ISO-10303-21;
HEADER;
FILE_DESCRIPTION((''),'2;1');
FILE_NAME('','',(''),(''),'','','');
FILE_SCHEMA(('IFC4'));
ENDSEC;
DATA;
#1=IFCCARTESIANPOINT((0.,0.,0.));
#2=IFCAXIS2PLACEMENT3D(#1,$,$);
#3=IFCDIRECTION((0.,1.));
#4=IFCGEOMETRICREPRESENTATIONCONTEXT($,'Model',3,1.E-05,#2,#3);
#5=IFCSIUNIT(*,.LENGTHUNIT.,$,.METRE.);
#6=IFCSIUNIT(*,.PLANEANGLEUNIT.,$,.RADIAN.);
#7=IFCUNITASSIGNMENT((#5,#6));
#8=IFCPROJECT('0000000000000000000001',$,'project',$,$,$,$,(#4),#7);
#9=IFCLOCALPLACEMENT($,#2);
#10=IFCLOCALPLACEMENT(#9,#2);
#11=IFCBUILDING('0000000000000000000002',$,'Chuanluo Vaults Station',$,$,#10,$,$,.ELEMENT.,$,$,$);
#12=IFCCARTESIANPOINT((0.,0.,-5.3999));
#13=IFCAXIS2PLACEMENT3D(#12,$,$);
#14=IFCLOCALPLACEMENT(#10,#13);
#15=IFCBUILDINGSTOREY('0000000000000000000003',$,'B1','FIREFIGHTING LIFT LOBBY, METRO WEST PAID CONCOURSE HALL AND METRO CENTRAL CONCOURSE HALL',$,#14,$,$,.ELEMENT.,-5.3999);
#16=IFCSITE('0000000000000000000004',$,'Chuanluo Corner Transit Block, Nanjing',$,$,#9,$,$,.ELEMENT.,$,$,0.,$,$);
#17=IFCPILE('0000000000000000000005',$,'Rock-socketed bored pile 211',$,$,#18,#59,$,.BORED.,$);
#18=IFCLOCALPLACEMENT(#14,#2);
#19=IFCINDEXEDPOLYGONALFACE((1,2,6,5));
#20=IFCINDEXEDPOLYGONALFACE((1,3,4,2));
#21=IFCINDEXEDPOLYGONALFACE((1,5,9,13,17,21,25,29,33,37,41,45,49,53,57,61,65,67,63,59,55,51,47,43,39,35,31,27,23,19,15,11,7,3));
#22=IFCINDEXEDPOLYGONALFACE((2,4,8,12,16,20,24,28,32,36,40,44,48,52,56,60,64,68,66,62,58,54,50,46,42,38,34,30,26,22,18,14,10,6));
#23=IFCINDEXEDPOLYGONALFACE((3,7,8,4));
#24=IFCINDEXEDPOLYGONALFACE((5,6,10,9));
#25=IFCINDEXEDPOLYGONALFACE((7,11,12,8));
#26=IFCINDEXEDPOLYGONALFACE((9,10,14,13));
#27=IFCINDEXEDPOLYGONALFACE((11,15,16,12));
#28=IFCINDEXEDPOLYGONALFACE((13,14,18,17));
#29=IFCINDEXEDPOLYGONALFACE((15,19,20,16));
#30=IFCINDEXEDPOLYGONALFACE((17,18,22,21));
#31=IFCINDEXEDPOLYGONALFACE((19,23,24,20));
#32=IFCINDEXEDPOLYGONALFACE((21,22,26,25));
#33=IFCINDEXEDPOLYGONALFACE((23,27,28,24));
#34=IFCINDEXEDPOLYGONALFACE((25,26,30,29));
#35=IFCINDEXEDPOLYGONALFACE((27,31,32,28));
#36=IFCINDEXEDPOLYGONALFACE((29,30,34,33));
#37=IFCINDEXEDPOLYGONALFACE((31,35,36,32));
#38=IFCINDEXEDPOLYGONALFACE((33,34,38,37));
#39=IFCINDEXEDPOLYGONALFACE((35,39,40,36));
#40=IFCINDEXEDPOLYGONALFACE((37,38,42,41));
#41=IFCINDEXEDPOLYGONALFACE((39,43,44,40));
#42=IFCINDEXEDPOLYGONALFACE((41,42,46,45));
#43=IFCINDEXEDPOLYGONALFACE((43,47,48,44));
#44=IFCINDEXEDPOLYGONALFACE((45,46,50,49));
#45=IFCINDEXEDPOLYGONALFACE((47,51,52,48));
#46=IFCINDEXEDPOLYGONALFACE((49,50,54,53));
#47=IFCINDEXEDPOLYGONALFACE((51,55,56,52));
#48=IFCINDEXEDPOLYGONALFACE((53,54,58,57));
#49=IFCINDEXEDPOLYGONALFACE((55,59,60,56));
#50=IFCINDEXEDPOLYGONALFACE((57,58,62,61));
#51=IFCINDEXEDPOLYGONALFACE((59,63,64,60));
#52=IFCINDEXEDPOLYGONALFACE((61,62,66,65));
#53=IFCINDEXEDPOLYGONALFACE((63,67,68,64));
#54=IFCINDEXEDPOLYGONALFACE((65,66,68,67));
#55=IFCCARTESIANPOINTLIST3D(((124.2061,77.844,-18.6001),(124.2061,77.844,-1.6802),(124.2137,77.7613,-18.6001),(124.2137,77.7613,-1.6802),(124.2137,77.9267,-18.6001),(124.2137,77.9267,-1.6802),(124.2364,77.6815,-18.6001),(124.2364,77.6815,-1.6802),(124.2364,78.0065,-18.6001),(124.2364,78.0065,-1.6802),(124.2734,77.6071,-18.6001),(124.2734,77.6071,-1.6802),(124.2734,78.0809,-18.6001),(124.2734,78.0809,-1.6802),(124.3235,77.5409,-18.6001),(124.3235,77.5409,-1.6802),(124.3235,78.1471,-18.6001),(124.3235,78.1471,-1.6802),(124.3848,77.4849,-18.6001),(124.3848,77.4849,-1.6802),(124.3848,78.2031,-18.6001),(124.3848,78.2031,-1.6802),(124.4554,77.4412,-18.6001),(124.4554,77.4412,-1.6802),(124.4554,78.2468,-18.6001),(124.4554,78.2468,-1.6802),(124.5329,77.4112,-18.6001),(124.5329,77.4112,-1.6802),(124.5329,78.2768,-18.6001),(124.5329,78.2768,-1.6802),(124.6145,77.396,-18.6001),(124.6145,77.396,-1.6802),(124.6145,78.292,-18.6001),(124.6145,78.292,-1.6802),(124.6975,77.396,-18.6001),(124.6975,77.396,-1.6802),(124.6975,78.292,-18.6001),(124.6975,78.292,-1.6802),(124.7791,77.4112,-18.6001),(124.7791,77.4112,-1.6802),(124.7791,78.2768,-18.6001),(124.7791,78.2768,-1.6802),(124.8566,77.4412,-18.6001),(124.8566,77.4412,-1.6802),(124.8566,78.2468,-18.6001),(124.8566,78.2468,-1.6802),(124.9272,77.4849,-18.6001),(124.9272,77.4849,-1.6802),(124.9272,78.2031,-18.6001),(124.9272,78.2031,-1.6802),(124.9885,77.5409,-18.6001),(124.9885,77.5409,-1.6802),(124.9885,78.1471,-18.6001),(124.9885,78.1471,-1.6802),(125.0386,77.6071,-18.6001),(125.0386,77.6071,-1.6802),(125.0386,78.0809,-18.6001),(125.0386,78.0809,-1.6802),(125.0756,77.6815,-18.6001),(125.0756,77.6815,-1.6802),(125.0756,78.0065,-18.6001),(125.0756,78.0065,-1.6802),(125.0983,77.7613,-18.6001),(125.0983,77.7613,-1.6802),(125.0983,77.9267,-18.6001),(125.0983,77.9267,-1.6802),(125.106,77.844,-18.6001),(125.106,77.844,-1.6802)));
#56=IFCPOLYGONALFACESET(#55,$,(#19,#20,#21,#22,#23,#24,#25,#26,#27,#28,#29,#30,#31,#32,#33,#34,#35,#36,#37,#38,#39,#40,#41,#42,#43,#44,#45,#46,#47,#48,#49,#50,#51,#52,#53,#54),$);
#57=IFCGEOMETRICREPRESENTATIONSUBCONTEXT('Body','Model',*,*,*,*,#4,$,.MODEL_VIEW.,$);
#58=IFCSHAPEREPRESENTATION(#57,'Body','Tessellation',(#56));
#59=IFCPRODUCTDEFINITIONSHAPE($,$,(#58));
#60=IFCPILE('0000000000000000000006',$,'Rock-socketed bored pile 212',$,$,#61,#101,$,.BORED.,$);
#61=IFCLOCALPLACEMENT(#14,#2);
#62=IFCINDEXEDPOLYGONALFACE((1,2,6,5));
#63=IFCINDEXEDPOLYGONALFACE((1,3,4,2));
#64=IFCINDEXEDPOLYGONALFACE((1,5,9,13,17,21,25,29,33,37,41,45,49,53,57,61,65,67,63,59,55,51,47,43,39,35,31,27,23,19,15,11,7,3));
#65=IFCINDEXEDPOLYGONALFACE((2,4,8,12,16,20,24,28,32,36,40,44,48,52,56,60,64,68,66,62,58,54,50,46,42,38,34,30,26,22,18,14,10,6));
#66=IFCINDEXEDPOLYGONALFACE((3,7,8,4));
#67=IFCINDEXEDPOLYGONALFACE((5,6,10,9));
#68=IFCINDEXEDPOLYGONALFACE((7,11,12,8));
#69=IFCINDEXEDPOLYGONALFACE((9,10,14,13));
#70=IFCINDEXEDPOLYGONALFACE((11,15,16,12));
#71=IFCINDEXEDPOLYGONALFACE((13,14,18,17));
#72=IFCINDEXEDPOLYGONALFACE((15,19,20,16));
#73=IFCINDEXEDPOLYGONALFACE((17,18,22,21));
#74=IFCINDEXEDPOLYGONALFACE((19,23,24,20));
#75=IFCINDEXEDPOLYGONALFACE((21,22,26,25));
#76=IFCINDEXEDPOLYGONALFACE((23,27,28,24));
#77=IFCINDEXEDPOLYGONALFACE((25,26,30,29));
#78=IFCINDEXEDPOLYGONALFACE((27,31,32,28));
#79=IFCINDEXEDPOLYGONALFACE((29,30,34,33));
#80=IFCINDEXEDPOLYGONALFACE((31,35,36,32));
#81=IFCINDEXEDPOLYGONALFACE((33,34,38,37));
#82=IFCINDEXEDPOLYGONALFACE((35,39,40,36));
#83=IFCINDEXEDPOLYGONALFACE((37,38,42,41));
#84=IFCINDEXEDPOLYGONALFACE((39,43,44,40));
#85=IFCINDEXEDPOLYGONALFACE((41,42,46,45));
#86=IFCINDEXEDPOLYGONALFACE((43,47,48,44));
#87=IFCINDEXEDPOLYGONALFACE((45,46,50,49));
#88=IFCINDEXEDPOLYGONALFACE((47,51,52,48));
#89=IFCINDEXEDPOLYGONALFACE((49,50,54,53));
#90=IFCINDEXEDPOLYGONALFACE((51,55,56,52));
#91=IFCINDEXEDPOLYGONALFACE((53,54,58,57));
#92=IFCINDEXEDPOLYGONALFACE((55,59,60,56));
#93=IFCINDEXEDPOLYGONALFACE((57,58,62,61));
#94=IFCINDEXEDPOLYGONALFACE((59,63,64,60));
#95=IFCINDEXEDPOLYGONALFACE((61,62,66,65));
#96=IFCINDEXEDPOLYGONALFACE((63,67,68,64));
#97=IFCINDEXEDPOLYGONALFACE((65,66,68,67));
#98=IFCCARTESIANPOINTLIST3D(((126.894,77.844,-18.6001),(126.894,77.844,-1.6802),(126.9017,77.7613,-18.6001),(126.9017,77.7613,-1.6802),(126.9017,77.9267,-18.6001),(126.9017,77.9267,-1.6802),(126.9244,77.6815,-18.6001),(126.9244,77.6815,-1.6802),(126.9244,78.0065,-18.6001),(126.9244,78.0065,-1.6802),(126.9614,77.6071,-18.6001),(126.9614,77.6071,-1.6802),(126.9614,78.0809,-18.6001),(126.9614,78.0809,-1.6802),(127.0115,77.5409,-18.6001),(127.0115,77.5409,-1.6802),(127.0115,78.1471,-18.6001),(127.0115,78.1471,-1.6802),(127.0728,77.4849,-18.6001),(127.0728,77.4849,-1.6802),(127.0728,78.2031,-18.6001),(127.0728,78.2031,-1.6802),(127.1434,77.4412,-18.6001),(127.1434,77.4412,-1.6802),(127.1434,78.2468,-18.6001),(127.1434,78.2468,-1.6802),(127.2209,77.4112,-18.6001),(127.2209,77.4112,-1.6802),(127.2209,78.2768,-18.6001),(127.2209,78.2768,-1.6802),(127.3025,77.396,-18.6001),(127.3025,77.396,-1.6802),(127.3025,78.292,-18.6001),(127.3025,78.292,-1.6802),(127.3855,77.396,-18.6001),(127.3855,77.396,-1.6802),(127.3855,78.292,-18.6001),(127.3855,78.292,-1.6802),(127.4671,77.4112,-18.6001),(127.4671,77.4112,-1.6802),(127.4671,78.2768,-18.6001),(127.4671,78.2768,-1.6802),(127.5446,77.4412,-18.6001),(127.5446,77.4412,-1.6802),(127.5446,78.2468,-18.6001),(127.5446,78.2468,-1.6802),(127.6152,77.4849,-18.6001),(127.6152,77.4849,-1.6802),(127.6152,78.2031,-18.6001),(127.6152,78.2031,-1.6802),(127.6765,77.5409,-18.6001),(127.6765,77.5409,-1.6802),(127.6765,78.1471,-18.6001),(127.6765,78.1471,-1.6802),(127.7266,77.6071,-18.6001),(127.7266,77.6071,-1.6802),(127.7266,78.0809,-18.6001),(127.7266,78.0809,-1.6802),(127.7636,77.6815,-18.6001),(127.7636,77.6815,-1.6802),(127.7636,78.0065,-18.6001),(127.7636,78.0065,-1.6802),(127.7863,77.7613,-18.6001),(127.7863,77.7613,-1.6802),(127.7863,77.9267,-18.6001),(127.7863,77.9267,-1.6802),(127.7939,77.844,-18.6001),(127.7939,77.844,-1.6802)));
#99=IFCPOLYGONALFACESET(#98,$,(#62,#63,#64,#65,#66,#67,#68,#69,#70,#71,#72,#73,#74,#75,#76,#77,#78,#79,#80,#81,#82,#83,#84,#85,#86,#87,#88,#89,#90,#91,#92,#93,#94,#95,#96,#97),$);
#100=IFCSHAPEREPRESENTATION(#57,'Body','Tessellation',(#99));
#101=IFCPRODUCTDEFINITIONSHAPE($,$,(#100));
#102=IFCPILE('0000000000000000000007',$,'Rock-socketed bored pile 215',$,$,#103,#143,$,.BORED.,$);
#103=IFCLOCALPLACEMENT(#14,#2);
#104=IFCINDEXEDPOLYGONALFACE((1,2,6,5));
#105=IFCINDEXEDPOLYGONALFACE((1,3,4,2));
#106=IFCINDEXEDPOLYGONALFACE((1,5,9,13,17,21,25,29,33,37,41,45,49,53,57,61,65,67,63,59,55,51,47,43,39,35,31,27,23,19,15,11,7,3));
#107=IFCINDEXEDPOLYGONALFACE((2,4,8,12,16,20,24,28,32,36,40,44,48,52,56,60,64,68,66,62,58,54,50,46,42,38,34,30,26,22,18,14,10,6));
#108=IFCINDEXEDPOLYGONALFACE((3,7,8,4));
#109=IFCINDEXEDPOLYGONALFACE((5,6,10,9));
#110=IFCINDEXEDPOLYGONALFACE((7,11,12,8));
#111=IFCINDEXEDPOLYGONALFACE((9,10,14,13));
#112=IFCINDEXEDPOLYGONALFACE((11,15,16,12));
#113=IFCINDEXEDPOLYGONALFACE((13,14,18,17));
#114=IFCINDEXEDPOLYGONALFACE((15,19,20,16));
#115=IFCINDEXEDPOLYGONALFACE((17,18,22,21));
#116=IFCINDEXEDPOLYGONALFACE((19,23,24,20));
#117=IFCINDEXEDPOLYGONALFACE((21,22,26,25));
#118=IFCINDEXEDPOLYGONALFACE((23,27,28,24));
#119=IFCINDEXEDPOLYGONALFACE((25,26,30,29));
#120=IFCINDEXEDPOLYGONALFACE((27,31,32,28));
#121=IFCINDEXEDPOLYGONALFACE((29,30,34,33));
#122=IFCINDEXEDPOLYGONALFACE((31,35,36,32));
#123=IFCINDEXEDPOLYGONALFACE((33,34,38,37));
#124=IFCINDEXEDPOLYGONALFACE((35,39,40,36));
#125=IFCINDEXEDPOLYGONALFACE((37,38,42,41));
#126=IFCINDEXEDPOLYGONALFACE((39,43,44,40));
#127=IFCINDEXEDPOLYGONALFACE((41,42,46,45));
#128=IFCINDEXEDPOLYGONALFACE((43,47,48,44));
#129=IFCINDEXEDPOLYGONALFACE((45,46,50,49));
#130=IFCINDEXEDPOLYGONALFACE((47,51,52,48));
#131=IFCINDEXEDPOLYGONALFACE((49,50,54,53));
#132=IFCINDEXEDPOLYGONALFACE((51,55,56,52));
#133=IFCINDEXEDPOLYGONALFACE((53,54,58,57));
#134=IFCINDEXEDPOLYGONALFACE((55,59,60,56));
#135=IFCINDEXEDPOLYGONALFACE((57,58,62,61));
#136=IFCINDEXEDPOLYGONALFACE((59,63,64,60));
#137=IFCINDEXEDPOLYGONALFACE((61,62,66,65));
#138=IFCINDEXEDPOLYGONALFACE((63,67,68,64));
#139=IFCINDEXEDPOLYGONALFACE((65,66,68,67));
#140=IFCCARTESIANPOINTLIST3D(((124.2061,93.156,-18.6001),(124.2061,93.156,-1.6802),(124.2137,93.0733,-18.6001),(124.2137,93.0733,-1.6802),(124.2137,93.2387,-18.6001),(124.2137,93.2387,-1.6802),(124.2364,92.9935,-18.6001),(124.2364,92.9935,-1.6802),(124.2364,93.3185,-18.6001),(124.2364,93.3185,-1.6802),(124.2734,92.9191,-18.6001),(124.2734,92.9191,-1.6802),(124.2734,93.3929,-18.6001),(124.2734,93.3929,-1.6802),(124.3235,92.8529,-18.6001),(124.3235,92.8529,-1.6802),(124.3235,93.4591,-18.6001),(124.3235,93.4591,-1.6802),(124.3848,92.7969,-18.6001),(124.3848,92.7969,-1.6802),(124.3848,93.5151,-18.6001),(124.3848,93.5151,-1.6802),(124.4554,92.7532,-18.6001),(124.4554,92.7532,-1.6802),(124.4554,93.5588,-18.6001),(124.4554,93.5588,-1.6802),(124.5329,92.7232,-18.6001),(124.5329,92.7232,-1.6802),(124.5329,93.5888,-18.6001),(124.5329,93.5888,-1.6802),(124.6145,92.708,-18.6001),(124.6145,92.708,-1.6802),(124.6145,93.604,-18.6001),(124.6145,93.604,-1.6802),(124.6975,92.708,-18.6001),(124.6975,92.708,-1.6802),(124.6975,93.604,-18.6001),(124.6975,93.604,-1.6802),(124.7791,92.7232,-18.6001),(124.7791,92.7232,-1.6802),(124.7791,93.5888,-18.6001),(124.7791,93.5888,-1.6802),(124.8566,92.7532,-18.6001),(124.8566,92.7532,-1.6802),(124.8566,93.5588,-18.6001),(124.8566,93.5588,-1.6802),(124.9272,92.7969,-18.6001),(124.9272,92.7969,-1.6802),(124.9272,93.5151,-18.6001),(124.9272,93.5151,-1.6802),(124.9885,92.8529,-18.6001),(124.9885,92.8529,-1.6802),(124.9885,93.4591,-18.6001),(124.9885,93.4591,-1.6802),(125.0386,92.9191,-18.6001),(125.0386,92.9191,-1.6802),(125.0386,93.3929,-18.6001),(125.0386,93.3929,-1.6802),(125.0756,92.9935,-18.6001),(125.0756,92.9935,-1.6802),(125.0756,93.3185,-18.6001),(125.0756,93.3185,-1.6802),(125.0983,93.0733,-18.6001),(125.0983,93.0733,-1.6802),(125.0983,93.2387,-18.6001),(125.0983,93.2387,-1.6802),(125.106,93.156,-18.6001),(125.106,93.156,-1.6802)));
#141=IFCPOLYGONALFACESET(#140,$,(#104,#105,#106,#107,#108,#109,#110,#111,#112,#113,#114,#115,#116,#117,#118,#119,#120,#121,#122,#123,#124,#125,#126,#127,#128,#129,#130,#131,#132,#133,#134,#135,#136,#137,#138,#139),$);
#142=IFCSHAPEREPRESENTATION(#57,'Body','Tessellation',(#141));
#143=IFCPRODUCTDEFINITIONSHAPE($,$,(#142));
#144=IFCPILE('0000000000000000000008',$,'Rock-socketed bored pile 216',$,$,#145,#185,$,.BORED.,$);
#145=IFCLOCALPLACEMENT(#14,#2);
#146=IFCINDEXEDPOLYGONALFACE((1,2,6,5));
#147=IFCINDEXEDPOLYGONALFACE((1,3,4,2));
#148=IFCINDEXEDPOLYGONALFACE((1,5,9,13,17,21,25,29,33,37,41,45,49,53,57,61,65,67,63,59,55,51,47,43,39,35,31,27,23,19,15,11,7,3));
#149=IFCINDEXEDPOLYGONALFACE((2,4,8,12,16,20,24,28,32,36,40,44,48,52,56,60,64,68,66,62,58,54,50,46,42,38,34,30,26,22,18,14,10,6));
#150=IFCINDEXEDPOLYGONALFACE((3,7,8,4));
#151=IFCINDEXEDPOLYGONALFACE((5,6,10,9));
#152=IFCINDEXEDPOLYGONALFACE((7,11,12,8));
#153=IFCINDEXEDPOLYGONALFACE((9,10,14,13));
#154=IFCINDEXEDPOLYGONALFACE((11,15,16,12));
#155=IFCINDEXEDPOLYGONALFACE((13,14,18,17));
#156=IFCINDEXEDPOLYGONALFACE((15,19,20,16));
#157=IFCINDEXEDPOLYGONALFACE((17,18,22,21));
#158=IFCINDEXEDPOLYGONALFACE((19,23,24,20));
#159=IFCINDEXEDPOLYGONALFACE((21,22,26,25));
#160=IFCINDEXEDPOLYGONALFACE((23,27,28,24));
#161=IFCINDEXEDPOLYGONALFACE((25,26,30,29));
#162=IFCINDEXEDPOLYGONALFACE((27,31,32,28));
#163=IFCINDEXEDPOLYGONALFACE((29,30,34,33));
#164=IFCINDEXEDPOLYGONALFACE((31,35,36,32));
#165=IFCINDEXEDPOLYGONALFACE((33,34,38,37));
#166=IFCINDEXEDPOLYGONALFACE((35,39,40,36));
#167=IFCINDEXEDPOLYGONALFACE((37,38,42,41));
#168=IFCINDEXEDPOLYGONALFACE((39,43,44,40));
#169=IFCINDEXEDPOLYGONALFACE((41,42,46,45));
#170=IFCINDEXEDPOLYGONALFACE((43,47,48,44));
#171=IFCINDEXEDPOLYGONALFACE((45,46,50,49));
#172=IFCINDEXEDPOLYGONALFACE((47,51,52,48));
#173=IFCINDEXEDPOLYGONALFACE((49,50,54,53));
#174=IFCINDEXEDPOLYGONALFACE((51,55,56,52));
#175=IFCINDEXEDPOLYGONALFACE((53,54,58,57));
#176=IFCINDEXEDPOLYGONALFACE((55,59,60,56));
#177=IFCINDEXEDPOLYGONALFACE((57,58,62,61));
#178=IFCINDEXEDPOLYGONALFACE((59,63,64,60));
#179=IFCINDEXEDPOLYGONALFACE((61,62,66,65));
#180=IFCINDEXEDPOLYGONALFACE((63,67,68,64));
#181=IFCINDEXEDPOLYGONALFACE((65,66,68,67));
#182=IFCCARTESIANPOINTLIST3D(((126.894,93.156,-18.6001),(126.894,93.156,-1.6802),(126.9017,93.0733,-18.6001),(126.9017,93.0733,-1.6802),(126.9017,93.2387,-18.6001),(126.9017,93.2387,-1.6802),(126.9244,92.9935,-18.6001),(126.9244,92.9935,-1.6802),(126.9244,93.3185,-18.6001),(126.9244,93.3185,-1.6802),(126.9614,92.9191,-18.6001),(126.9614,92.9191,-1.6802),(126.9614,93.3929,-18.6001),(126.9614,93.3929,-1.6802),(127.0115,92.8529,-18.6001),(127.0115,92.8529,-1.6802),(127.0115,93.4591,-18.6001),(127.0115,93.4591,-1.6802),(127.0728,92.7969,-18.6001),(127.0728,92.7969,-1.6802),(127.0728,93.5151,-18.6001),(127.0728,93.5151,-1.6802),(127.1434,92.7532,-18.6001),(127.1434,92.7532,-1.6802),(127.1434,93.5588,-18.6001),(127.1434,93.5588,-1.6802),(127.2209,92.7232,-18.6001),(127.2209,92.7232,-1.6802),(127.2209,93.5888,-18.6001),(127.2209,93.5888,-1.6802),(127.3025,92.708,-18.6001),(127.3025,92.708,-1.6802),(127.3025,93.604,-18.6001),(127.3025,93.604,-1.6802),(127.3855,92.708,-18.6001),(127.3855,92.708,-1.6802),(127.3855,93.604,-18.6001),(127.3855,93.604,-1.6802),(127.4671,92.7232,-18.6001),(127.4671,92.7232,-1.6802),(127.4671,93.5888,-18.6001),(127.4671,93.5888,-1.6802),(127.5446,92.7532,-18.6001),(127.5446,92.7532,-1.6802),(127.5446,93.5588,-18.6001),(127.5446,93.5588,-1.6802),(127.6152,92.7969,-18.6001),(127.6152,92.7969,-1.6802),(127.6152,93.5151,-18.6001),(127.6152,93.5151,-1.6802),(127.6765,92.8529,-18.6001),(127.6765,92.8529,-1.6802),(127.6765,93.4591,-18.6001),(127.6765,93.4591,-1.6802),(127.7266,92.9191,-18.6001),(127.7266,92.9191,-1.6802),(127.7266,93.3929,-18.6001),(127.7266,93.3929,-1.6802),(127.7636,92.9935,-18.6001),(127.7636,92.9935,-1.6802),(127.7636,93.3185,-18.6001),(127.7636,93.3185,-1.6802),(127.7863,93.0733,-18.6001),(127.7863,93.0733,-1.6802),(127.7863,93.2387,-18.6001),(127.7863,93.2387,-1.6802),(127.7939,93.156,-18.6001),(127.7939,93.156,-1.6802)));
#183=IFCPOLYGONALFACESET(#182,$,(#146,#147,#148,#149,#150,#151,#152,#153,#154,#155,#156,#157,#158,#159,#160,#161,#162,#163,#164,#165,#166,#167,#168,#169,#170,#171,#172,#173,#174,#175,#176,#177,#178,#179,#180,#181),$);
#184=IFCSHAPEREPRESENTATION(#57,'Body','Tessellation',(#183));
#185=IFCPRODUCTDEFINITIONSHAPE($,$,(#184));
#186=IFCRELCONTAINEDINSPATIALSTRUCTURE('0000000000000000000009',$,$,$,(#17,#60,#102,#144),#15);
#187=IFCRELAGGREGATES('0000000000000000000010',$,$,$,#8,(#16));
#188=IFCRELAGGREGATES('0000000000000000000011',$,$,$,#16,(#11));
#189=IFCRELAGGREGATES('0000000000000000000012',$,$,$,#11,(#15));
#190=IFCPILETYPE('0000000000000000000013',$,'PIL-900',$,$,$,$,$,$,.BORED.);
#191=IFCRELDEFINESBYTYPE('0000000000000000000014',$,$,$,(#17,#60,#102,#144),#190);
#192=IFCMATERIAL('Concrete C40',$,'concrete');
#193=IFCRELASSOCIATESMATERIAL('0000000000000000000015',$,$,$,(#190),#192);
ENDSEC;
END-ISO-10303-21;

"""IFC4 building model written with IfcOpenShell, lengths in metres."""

from ifc_helpers import new_model, si_unit, direction, frame, origin, origin_2d, place, context, subcontext, project, spatial, circle, extrude, material, material_profile, profile_set, type_object, element, save


model = new_model("IFC4")

# Units and contexts
model_context = context("Model", 3, precision=1e-05, world=origin(), true_north=direction((0.0, 1.0)))
body_context = subcontext(model_context, "Body", "Model", "MODEL_VIEW")
ifc_project = project(units=[si_unit("LENGTHUNIT", "METRE"), si_unit("PLANEANGLEUNIT", "RADIAN")], contexts=[model_context])

# Site, building, storey
site_placement = place(None, origin())
site = spatial("IfcSite", under=ifc_project, at=site_placement, Name="Chuanluo Corner Transit Block, Nanjing", CompositionType="ELEMENT", RefElevation=0.0)
building_placement = place(site_placement, origin())
building = spatial("IfcBuilding", under=site, at=building_placement, Name="Chuanluo Vaults Station", CompositionType="ELEMENT")
storey_placement = place(building_placement, frame((0.0, 0.0, -5.3999)))
storey = spatial("IfcBuildingStorey", under=building, at=storey_placement, Name="B1", Description="FIREFIGHTING LIFT LOBBY, METRO WEST PAID CONCOURSE HALL AND METRO CENTRAL CONCOURSE HALL", CompositionType="ELEMENT", Elevation=-5.3999)

# Piles
ifc_material_1 = material(Name="Concrete C40", Category="concrete")
ifc_material_profile_1 = material_profile(ifc_material_1, circle(Radius=0.45, at=origin_2d()))
ifc_profile_set_1 = profile_set([ifc_material_profile_1], Name="Concrete C40")
pile_type_1 = type_object("IfcPileType", Name="PIL-900", PredefinedType="BORED", material=ifc_profile_set_1)
for number, where, z_axis, x_axis, name in (
    (1, (124.656, 77.844, -1.6802), (0.0, 0.0, -1.0), (1.0, 0.0, 0.0), "Rock-socketed bored pile 211"),
    (2, (127.344, 77.844, -1.6802), (0.0, 0.0, -1.0), (1.0, 0.0, 0.0), "Rock-socketed bored pile 212"),
    (3, (124.656, 93.156, -1.6802), (0.0, 0.0, -1.0), (1.0, 0.0, 0.0), "Rock-socketed bored pile 215"),
    (4, (127.344, 93.156, -1.6802), (0.0, 0.0, -1.0), (1.0, 0.0, 0.0), "Rock-socketed bored pile 216"),
):
    element("IfcPile", number, at=place(storey_placement, frame(where, z_axis=z_axis, x_axis=x_axis)), inside=storey, type_object=pile_type_1, Name=name, PredefinedType="BORED", context=body_context, shape_type="SweptSolid", body=[
        extrude(circle(Radius=0.45, at=origin_2d()), origin(), (0.0, 0.0, 1.0), 16.9199),
    ])

save(model, "model.ifc")
